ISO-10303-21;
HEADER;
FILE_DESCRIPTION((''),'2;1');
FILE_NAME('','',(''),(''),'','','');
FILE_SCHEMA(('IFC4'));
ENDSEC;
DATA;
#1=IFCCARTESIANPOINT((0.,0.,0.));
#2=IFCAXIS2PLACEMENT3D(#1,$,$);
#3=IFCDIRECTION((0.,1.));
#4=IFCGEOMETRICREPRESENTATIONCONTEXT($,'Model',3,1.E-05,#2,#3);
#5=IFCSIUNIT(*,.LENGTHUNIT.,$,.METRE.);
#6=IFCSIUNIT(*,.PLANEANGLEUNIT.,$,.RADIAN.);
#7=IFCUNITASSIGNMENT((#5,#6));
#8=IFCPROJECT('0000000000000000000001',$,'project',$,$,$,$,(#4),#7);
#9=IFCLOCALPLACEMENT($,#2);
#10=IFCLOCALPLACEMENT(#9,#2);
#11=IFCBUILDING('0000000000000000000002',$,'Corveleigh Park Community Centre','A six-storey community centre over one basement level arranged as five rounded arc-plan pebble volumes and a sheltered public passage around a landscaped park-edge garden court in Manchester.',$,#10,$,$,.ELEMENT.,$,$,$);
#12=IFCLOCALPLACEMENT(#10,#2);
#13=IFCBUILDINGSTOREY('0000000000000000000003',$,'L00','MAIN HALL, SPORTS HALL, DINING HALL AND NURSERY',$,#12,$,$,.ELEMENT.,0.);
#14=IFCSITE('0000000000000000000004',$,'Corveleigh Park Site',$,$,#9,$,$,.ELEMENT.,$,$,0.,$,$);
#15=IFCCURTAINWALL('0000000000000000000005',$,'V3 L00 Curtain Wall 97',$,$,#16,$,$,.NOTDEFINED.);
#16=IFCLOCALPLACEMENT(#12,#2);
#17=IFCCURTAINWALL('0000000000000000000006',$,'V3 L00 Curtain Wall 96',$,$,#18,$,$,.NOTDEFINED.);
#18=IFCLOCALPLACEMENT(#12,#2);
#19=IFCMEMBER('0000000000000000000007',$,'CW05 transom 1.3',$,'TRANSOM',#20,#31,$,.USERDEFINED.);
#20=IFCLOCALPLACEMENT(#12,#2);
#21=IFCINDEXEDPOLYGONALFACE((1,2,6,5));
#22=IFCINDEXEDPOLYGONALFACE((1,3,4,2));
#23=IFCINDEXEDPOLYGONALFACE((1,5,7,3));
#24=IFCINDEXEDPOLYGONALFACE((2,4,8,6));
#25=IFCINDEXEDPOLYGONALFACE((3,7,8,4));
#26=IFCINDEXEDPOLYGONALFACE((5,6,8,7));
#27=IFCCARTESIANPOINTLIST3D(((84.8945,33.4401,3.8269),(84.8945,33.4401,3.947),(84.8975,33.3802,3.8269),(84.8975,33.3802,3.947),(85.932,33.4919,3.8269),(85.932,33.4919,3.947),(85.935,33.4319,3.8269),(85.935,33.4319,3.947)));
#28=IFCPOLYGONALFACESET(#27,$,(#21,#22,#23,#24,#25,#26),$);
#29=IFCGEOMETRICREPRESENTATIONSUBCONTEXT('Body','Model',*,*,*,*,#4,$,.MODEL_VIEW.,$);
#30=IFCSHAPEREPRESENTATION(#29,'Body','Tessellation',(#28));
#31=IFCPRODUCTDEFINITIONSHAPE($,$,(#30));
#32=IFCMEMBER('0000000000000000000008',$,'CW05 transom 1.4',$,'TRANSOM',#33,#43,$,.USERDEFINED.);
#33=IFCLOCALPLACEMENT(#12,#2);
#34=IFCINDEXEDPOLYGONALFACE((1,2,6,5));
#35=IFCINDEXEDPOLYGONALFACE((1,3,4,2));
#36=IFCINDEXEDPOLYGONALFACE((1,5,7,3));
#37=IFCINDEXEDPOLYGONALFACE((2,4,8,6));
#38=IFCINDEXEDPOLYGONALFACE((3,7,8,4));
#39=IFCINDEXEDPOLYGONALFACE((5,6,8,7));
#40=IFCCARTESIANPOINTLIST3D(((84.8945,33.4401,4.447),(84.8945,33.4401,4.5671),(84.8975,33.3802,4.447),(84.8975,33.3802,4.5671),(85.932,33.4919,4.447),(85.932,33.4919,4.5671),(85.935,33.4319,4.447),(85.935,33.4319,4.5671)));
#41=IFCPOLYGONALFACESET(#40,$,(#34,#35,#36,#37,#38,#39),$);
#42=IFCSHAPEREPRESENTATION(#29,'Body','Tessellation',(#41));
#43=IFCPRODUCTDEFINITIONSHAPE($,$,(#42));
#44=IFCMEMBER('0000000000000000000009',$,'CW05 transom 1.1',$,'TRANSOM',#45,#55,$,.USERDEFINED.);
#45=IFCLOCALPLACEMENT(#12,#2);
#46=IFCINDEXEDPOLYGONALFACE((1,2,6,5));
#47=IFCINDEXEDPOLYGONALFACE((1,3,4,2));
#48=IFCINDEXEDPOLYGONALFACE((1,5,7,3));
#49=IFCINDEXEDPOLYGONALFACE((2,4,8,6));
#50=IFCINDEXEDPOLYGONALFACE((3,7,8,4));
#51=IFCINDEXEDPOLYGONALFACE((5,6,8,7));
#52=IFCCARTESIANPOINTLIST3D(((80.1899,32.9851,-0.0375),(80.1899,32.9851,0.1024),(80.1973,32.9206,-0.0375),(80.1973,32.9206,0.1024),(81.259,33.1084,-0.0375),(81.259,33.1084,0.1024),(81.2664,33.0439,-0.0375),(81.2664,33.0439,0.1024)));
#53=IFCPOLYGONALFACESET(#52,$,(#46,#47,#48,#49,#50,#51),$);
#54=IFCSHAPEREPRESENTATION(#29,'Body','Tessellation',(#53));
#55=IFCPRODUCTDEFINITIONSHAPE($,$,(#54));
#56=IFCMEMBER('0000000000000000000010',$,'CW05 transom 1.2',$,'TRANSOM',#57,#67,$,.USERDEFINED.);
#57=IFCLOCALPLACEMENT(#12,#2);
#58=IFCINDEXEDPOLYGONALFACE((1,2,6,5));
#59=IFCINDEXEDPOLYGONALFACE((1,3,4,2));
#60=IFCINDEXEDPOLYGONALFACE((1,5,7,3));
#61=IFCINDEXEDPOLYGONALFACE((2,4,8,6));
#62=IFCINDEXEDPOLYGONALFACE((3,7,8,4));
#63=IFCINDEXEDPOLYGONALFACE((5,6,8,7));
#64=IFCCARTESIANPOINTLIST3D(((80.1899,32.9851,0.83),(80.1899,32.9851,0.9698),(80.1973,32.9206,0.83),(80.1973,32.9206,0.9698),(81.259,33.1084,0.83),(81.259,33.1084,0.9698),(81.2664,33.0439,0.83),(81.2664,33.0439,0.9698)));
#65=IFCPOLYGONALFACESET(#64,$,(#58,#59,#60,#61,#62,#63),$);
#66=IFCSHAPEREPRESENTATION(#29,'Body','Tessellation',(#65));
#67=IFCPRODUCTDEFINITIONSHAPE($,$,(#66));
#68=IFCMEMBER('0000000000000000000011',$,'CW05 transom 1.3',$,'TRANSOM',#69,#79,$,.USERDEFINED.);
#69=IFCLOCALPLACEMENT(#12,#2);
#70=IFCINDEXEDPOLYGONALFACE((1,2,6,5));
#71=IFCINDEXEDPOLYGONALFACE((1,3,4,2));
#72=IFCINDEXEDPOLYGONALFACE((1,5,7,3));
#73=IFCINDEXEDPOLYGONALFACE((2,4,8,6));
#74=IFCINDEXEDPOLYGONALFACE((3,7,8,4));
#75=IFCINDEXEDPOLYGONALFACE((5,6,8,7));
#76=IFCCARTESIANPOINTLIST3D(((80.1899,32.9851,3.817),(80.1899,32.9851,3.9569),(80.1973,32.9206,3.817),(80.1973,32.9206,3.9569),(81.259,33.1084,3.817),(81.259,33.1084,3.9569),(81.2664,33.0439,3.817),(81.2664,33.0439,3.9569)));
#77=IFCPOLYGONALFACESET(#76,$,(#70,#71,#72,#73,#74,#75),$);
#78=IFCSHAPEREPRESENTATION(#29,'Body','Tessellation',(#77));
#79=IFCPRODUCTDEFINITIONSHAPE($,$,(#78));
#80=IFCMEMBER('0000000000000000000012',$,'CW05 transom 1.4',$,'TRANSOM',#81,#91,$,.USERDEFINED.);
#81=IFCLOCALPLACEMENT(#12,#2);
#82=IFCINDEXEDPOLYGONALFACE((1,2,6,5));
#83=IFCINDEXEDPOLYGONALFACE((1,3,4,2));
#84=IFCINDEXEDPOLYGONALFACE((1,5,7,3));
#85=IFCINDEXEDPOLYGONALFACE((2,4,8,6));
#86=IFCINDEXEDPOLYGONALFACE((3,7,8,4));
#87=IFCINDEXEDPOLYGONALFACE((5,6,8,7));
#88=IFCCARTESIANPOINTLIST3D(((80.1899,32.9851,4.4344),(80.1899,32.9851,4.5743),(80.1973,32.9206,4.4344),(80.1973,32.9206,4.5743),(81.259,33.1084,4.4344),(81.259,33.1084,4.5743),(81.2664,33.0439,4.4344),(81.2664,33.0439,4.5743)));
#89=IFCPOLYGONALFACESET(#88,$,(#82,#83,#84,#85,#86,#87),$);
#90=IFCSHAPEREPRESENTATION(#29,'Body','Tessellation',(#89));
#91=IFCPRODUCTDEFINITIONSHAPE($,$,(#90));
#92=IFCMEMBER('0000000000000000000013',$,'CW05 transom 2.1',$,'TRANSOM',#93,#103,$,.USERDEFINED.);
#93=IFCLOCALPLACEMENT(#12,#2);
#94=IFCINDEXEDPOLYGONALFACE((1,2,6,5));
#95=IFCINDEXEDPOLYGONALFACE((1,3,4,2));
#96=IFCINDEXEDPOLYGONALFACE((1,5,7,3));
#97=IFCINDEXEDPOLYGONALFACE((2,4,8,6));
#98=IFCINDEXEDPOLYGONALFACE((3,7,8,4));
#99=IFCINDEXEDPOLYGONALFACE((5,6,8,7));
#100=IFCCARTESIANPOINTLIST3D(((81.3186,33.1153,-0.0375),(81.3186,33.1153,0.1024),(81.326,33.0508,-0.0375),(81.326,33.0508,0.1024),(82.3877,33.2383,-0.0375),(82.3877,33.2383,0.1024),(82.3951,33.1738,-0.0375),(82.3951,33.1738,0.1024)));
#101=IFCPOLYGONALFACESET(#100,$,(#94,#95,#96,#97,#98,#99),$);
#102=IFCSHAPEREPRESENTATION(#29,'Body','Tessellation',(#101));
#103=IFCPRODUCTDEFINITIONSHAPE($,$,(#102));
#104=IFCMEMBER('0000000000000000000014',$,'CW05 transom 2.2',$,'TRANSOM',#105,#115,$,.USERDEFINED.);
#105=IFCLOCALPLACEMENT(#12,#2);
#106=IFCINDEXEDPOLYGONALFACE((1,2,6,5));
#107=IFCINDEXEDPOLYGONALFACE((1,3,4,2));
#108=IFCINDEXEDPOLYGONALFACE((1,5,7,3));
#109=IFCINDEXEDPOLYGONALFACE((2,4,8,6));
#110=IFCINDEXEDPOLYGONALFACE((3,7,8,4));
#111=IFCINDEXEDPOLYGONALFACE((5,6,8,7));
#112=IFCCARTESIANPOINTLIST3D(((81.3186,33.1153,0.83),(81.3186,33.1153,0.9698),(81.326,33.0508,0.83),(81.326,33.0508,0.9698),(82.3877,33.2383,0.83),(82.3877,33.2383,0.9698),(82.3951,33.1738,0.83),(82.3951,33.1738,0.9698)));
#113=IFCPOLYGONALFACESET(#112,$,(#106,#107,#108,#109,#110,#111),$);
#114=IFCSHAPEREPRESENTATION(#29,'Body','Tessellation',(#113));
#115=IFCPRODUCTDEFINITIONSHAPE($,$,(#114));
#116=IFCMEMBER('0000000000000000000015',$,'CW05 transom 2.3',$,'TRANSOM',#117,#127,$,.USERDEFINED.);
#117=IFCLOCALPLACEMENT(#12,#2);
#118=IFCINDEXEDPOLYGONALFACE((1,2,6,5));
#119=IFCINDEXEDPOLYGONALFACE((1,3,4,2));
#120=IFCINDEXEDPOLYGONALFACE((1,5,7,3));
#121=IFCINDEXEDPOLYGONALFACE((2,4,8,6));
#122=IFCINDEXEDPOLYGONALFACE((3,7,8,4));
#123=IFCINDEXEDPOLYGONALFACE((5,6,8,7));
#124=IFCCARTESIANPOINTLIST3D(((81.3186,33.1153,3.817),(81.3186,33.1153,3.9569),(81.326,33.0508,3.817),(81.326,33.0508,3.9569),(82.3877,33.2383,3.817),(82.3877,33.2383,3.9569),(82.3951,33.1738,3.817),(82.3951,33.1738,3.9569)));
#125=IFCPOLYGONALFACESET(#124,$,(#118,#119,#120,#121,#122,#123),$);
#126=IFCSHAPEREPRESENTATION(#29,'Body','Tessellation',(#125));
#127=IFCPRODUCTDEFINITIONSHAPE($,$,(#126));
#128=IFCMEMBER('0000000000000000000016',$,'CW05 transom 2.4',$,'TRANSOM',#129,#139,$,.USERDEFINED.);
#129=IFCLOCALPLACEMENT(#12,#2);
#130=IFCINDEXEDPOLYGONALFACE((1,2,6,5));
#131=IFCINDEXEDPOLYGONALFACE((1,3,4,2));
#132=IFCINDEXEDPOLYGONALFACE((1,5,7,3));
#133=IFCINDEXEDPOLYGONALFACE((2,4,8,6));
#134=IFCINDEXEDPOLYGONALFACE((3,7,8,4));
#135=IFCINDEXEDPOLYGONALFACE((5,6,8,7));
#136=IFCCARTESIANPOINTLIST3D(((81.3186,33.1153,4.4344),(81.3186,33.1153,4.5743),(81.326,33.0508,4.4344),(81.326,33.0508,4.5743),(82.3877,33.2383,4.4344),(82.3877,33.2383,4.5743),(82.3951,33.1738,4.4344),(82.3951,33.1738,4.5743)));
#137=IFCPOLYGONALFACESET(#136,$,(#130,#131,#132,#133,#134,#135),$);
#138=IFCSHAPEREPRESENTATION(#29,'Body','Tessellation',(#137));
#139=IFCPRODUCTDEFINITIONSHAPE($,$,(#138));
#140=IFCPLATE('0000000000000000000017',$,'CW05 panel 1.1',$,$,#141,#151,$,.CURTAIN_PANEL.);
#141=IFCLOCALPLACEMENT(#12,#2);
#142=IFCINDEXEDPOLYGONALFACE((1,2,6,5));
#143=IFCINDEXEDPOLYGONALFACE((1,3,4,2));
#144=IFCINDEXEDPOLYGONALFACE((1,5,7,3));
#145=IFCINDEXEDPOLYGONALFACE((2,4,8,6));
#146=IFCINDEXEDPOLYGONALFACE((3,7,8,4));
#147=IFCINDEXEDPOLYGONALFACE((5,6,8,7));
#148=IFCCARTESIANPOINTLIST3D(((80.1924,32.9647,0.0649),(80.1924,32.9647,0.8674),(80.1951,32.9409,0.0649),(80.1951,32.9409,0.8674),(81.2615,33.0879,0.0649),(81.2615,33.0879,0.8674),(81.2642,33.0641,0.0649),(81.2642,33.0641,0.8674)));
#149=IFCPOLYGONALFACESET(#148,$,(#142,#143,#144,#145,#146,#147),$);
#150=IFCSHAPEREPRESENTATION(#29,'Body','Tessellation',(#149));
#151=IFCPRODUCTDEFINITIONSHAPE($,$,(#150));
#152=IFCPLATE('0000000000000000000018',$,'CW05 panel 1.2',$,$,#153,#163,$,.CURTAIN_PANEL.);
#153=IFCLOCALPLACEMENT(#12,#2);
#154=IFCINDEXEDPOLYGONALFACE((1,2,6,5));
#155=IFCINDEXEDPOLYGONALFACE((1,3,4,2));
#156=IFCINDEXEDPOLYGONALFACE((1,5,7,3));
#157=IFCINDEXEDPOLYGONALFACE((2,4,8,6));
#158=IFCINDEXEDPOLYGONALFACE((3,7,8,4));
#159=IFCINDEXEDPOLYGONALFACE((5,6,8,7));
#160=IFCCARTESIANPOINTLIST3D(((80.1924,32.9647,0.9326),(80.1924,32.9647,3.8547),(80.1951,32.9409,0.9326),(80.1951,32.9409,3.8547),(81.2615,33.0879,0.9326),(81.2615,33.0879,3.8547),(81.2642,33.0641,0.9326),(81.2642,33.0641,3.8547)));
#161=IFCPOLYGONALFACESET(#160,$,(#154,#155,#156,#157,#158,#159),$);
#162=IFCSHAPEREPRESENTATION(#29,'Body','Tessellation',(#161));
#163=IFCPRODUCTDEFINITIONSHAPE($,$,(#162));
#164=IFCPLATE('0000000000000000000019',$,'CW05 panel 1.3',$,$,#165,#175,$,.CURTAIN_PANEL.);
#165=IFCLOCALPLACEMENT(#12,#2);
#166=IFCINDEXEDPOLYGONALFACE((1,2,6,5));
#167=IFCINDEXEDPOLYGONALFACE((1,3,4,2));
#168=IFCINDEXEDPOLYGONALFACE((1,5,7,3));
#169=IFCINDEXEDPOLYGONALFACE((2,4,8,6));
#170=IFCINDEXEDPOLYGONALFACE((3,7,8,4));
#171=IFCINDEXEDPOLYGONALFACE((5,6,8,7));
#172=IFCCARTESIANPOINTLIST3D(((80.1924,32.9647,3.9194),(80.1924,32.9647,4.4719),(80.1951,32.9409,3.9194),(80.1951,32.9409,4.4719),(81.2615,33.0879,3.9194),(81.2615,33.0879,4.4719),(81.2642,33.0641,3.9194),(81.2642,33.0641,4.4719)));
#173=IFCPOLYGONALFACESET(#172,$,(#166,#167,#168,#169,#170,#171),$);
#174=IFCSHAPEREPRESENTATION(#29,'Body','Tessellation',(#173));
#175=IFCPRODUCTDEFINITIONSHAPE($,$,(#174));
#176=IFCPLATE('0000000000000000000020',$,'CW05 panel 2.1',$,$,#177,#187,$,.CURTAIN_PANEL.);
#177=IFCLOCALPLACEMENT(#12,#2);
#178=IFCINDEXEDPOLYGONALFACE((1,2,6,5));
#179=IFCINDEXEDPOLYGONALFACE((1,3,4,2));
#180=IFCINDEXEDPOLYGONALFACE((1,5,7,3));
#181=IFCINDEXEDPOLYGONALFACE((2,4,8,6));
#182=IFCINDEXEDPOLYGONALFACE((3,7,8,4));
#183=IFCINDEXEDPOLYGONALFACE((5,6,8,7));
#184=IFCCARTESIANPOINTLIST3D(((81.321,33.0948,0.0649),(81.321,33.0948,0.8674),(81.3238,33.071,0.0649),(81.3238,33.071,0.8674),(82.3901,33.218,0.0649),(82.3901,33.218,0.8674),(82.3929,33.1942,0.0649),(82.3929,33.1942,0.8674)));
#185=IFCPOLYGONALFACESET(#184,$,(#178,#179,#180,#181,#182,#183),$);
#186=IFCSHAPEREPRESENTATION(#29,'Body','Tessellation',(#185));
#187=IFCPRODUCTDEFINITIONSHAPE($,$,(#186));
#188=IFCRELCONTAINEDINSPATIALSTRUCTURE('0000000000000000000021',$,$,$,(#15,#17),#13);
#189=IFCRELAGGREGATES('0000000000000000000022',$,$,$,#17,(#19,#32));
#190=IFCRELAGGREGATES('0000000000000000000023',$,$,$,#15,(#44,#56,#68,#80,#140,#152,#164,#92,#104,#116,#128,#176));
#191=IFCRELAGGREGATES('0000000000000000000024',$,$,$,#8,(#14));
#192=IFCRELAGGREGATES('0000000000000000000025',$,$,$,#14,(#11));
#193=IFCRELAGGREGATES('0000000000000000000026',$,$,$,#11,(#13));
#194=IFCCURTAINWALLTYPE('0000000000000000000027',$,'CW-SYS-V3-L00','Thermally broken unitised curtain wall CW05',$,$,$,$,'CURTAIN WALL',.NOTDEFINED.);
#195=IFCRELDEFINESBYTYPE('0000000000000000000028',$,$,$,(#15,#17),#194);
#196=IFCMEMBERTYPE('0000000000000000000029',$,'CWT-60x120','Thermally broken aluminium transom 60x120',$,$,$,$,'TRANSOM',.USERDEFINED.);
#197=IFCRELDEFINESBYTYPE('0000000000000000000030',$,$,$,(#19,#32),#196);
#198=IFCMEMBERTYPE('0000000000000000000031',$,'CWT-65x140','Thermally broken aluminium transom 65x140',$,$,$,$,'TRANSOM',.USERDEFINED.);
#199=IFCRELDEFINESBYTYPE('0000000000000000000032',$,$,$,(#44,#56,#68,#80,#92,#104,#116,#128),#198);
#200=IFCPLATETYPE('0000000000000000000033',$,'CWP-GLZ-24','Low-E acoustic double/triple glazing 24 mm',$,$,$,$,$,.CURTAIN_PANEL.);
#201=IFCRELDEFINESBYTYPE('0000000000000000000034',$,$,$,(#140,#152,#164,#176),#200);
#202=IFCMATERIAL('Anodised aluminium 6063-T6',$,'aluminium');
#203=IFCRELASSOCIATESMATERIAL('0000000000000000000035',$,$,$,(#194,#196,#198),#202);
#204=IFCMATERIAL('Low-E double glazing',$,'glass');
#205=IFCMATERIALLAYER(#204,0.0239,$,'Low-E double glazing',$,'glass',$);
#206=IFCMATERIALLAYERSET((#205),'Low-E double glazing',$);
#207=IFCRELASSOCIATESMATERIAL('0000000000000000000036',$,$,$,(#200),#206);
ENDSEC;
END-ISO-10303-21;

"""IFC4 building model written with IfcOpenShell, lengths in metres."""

from ifc_helpers import new_model, si_unit, direction, frame, origin, origin_2d, place, context, subcontext, project, spatial, rectangle, extrude, material, layer, layer_set, material_profile, profile_set, type_object, element, aggregate, save


model = new_model("IFC4")

# Units and contexts
model_context = context("Model", 3, precision=1e-05, world=origin(), true_north=direction((0.0, 1.0)))
body_context = subcontext(model_context, "Body", "Model", "MODEL_VIEW")
ifc_project = project(units=[si_unit("LENGTHUNIT", "METRE"), si_unit("PLANEANGLEUNIT", "RADIAN")], contexts=[model_context])

# Site, building, storey
site_placement = place(None, origin())
site = spatial("IfcSite", under=ifc_project, at=site_placement, Name="Corveleigh Park Site", CompositionType="ELEMENT", RefElevation=0.0)
building_placement = place(site_placement, origin())
building = spatial("IfcBuilding", under=site, at=building_placement, Name="Corveleigh Park Community Centre", Description="A six-storey community centre over one basement level arranged as five rounded arc-plan pebble volumes and a sheltered public passage around a landscaped park-edge garden court in Manchester.", CompositionType="ELEMENT")
storey_placement = place(building_placement, origin())
storey = spatial("IfcBuildingStorey", under=building, at=storey_placement, Name="L00", Description="MAIN HALL, SPORTS HALL, DINING HALL AND NURSERY", CompositionType="ELEMENT", Elevation=0.0)

# Curtain wall
ifc_material_1 = material(Name="Anodised aluminium 6063-T6", Category="aluminium")
curtain_wall_type = type_object("IfcCurtainWallType", Name="CW-SYS-V3-L00", Description="Thermally broken unitised curtain wall CW05", ElementType="CURTAIN WALL", PredefinedType="NOTDEFINED", material=ifc_material_1)
curtain_wall_1_placement = place(storey_placement, origin())
curtain_wall_1 = element("IfcCurtainWall", 1, at=curtain_wall_1_placement, inside=storey, type_object=curtain_wall_type, Name="V3 L00 Curtain Wall 97", PredefinedType="NOTDEFINED")

# Curtain wall, members
curtain_wall_2_placement = place(storey_placement, origin())
curtain_wall_2 = element("IfcCurtainWall", 2, at=curtain_wall_2_placement, inside=storey, type_object=curtain_wall_type, Name="V3 L00 Curtain Wall 96", PredefinedType="NOTDEFINED")
ifc_material_profile_1 = material_profile(ifc_material_1, rectangle(XDim=0.0601, YDim=0.1201, at=origin_2d()), Name="ALU-T60x120", Category="aluminium")
ifc_profile_set_1 = profile_set([ifc_material_profile_1], Name="Anodised aluminium 6063-T6")
member_type_1 = type_object("IfcMemberType", Name="CWT-60x120", Description="Thermally broken aluminium transom 60x120", ElementType="TRANSOM", PredefinedType="USERDEFINED", material=ifc_profile_set_1)
member_1_placement = place(storey_placement, frame((84.896, 33.4102, 3.887), z_axis=(0.998758, 0.04982, 0.0), x_axis=(-0.04982, 0.998758, 0.0)))
member_1 = element("IfcMember", 3, at=member_1_placement, type_object=member_type_1, Name="CW05 transom 1.3", ObjectType="TRANSOM", PredefinedType="USERDEFINED", context=body_context, shape_type="SweptSolid", body=[
    extrude(rectangle(XDim=0.0601, YDim=0.1201, at=origin_2d()), origin(), (0.0, 0.0, 1.0), 1.0388),
])
member_2_placement = place(storey_placement, frame((84.896, 33.4102, 4.5071), z_axis=(0.998758, 0.04982, 0.0), x_axis=(-0.04982, 0.998758, 0.0)))
member_2 = element("IfcMember", 4, at=member_2_placement, type_object=member_type_1, Name="CW05 transom 1.4", ObjectType="TRANSOM", PredefinedType="USERDEFINED", context=body_context, shape_type="SweptSolid", body=[
    extrude(rectangle(XDim=0.0601, YDim=0.1201, at=origin_2d()), origin(), (0.0, 0.0, 1.0), 1.0388),
])
aggregate(curtain_wall_2, [member_1, member_2])

# Members
ifc_material_profile_2 = material_profile(ifc_material_1, rectangle(XDim=0.0649, YDim=0.1399, at=origin_2d()), Name="ALU-T65x140", Category="aluminium")
ifc_profile_set_2 = profile_set([ifc_material_profile_2], Name="Anodised aluminium 6063-T6")
member_type_2 = type_object("IfcMemberType", Name="CWT-65x140", Description="Thermally broken aluminium transom 65x140", ElementType="TRANSOM", PredefinedType="USERDEFINED", material=ifc_profile_set_2)
member_3_placement = place(storey_placement, frame((80.1936, 32.9529, 0.0325), z_axis=(0.993416, 0.114564, 0.0), x_axis=(-0.114564, 0.993416, 0.0)))
member_3 = element("IfcMember", 5, at=member_3_placement, type_object=member_type_2, Name="CW05 transom 1.1", ObjectType="TRANSOM", PredefinedType="USERDEFINED", context=body_context, shape_type="SweptSolid", body=[
    extrude(rectangle(XDim=0.0649, YDim=0.1399, at=origin_2d()), origin(), (0.0, 0.0, 1.0), 1.0762),
])
member_4_placement = place(storey_placement, frame((80.1936, 32.9529, 0.8999), z_axis=(0.993416, 0.114564, 0.0), x_axis=(-0.114564, 0.993416, 0.0)))
member_4 = element("IfcMember", 6, at=member_4_placement, type_object=member_type_2, Name="CW05 transom 1.2", ObjectType="TRANSOM", PredefinedType="USERDEFINED", context=body_context, shape_type="SweptSolid", body=[
    extrude(rectangle(XDim=0.0649, YDim=0.1399, at=origin_2d()), origin(), (0.0, 0.0, 1.0), 1.0762),
])
member_5_placement = place(storey_placement, frame((80.1936, 32.9529, 3.887), z_axis=(0.993416, 0.114564, 0.0), x_axis=(-0.114564, 0.993416, 0.0)))
member_5 = element("IfcMember", 7, at=member_5_placement, type_object=member_type_2, Name="CW05 transom 1.3", ObjectType="TRANSOM", PredefinedType="USERDEFINED", context=body_context, shape_type="SweptSolid", body=[
    extrude(rectangle(XDim=0.0649, YDim=0.1399, at=origin_2d()), origin(), (0.0, 0.0, 1.0), 1.0762),
])
member_6_placement = place(storey_placement, frame((80.1936, 32.9529, 4.5044), z_axis=(0.993416, 0.114564, 0.0), x_axis=(-0.114564, 0.993416, 0.0)))
member_6 = element("IfcMember", 8, at=member_6_placement, type_object=member_type_2, Name="CW05 transom 1.4", ObjectType="TRANSOM", PredefinedType="USERDEFINED", context=body_context, shape_type="SweptSolid", body=[
    extrude(rectangle(XDim=0.0649, YDim=0.1399, at=origin_2d()), origin(), (0.0, 0.0, 1.0), 1.0762),
])
member_7_placement = place(storey_placement, frame((81.3223, 33.083, 0.0325), z_axis=(0.993442, 0.11434, 0.0), x_axis=(-0.11434, 0.993442, 0.0)))
member_7 = element("IfcMember", 9, at=member_7_placement, type_object=member_type_2, Name="CW05 transom 2.1", ObjectType="TRANSOM", PredefinedType="USERDEFINED", context=body_context, shape_type="SweptSolid", body=[
    extrude(rectangle(XDim=0.0649, YDim=0.1399, at=origin_2d()), origin(), (0.0, 0.0, 1.0), 1.0762),
])
member_8_placement = place(storey_placement, frame((81.3223, 33.083, 0.8999), z_axis=(0.993442, 0.11434, 0.0), x_axis=(-0.11434, 0.993442, 0.0)))
member_8 = element("IfcMember", 10, at=member_8_placement, type_object=member_type_2, Name="CW05 transom 2.2", ObjectType="TRANSOM", PredefinedType="USERDEFINED", context=body_context, shape_type="SweptSolid", body=[
    extrude(rectangle(XDim=0.0649, YDim=0.1399, at=origin_2d()), origin(), (0.0, 0.0, 1.0), 1.0762),
])
member_9_placement = place(storey_placement, frame((81.3223, 33.083, 3.887), z_axis=(0.993442, 0.11434, 0.0), x_axis=(-0.11434, 0.993442, 0.0)))
member_9 = element("IfcMember", 11, at=member_9_placement, type_object=member_type_2, Name="CW05 transom 2.3", ObjectType="TRANSOM", PredefinedType="USERDEFINED", context=body_context, shape_type="SweptSolid", body=[
    extrude(rectangle(XDim=0.0649, YDim=0.1399, at=origin_2d()), origin(), (0.0, 0.0, 1.0), 1.0762),
])
member_10_placement = place(storey_placement, frame((81.3223, 33.083, 4.5044), z_axis=(0.993442, 0.11434, 0.0), x_axis=(-0.11434, 0.993442, 0.0)))
member_10 = element("IfcMember", 12, at=member_10_placement, type_object=member_type_2, Name="CW05 transom 2.4", ObjectType="TRANSOM", PredefinedType="USERDEFINED", context=body_context, shape_type="SweptSolid", body=[
    extrude(rectangle(XDim=0.0649, YDim=0.1399, at=origin_2d()), origin(), (0.0, 0.0, 1.0), 1.0762),
])

# Plates
ifc_material_2 = material(Name="Low-E double glazing", Category="glass")
ifc_layer_1 = layer(ifc_material_2, 0.0239, Name="Low-E double glazing", Category="glass")
ifc_layer_set_1 = layer_set([ifc_layer_1], Name="Low-E double glazing")
plate_type = type_object("IfcPlateType", Name="CWP-GLZ-24", Description="Low-E acoustic double/triple glazing 24 mm", PredefinedType="CURTAIN_PANEL", material=ifc_layer_set_1)
plate_1_placement = place(storey_placement, frame((80.7283, 33.0144, 0.0649), z_axis=(0.0, 0.0, 1.0), x_axis=(0.993426, 0.114478, 0.0)))
plate_1 = element("IfcPlate", 13, at=plate_1_placement, type_object=plate_type, Name="CW05 panel 1.1", PredefinedType="CURTAIN_PANEL", context=body_context, shape_type="SweptSolid", body=[
    extrude(rectangle(XDim=1.0762, YDim=0.0239, at=origin_2d()), origin(), (0.0, 0.0, 1.0), 0.8025),
])
plate_2_placement = place(storey_placement, frame((80.7283, 33.0144, 0.9326), z_axis=(0.0, 0.0, 1.0), x_axis=(0.993426, 0.114478, 0.0)))
plate_2 = element("IfcPlate", 14, at=plate_2_placement, type_object=plate_type, Name="CW05 panel 1.2", PredefinedType="CURTAIN_PANEL", context=body_context, shape_type="SweptSolid", body=[
    extrude(rectangle(XDim=1.0762, YDim=0.0239, at=origin_2d()), origin(), (0.0, 0.0, 1.0), 2.9221),
])
plate_3_placement = place(storey_placement, frame((80.7283, 33.0144, 3.9194), z_axis=(0.0, 0.0, 1.0), x_axis=(0.993426, 0.114478, 0.0)))
plate_3 = element("IfcPlate", 15, at=plate_3_placement, type_object=plate_type, Name="CW05 panel 1.3", PredefinedType="CURTAIN_PANEL", context=body_context, shape_type="SweptSolid", body=[
    extrude(rectangle(XDim=1.0762, YDim=0.0239, at=origin_2d()), origin(), (0.0, 0.0, 1.0), 0.5525),
])
plate_4_placement = place(storey_placement, frame((81.8569, 33.1445, 0.0649), z_axis=(0.0, 0.0, 1.0), x_axis=(0.993426, 0.114478, 0.0)))
plate_4 = element("IfcPlate", 16, at=plate_4_placement, type_object=plate_type, Name="CW05 panel 2.1", PredefinedType="CURTAIN_PANEL", context=body_context, shape_type="SweptSolid", body=[
    extrude(rectangle(XDim=1.0762, YDim=0.0239, at=origin_2d()), origin(), (0.0, 0.0, 1.0), 0.8025),
])
aggregate(curtain_wall_1, [member_3, member_4, member_5, member_6, plate_1, plate_2, plate_3, member_7, member_8, member_9, member_10, plate_4])

save(model, "model.ifc")
